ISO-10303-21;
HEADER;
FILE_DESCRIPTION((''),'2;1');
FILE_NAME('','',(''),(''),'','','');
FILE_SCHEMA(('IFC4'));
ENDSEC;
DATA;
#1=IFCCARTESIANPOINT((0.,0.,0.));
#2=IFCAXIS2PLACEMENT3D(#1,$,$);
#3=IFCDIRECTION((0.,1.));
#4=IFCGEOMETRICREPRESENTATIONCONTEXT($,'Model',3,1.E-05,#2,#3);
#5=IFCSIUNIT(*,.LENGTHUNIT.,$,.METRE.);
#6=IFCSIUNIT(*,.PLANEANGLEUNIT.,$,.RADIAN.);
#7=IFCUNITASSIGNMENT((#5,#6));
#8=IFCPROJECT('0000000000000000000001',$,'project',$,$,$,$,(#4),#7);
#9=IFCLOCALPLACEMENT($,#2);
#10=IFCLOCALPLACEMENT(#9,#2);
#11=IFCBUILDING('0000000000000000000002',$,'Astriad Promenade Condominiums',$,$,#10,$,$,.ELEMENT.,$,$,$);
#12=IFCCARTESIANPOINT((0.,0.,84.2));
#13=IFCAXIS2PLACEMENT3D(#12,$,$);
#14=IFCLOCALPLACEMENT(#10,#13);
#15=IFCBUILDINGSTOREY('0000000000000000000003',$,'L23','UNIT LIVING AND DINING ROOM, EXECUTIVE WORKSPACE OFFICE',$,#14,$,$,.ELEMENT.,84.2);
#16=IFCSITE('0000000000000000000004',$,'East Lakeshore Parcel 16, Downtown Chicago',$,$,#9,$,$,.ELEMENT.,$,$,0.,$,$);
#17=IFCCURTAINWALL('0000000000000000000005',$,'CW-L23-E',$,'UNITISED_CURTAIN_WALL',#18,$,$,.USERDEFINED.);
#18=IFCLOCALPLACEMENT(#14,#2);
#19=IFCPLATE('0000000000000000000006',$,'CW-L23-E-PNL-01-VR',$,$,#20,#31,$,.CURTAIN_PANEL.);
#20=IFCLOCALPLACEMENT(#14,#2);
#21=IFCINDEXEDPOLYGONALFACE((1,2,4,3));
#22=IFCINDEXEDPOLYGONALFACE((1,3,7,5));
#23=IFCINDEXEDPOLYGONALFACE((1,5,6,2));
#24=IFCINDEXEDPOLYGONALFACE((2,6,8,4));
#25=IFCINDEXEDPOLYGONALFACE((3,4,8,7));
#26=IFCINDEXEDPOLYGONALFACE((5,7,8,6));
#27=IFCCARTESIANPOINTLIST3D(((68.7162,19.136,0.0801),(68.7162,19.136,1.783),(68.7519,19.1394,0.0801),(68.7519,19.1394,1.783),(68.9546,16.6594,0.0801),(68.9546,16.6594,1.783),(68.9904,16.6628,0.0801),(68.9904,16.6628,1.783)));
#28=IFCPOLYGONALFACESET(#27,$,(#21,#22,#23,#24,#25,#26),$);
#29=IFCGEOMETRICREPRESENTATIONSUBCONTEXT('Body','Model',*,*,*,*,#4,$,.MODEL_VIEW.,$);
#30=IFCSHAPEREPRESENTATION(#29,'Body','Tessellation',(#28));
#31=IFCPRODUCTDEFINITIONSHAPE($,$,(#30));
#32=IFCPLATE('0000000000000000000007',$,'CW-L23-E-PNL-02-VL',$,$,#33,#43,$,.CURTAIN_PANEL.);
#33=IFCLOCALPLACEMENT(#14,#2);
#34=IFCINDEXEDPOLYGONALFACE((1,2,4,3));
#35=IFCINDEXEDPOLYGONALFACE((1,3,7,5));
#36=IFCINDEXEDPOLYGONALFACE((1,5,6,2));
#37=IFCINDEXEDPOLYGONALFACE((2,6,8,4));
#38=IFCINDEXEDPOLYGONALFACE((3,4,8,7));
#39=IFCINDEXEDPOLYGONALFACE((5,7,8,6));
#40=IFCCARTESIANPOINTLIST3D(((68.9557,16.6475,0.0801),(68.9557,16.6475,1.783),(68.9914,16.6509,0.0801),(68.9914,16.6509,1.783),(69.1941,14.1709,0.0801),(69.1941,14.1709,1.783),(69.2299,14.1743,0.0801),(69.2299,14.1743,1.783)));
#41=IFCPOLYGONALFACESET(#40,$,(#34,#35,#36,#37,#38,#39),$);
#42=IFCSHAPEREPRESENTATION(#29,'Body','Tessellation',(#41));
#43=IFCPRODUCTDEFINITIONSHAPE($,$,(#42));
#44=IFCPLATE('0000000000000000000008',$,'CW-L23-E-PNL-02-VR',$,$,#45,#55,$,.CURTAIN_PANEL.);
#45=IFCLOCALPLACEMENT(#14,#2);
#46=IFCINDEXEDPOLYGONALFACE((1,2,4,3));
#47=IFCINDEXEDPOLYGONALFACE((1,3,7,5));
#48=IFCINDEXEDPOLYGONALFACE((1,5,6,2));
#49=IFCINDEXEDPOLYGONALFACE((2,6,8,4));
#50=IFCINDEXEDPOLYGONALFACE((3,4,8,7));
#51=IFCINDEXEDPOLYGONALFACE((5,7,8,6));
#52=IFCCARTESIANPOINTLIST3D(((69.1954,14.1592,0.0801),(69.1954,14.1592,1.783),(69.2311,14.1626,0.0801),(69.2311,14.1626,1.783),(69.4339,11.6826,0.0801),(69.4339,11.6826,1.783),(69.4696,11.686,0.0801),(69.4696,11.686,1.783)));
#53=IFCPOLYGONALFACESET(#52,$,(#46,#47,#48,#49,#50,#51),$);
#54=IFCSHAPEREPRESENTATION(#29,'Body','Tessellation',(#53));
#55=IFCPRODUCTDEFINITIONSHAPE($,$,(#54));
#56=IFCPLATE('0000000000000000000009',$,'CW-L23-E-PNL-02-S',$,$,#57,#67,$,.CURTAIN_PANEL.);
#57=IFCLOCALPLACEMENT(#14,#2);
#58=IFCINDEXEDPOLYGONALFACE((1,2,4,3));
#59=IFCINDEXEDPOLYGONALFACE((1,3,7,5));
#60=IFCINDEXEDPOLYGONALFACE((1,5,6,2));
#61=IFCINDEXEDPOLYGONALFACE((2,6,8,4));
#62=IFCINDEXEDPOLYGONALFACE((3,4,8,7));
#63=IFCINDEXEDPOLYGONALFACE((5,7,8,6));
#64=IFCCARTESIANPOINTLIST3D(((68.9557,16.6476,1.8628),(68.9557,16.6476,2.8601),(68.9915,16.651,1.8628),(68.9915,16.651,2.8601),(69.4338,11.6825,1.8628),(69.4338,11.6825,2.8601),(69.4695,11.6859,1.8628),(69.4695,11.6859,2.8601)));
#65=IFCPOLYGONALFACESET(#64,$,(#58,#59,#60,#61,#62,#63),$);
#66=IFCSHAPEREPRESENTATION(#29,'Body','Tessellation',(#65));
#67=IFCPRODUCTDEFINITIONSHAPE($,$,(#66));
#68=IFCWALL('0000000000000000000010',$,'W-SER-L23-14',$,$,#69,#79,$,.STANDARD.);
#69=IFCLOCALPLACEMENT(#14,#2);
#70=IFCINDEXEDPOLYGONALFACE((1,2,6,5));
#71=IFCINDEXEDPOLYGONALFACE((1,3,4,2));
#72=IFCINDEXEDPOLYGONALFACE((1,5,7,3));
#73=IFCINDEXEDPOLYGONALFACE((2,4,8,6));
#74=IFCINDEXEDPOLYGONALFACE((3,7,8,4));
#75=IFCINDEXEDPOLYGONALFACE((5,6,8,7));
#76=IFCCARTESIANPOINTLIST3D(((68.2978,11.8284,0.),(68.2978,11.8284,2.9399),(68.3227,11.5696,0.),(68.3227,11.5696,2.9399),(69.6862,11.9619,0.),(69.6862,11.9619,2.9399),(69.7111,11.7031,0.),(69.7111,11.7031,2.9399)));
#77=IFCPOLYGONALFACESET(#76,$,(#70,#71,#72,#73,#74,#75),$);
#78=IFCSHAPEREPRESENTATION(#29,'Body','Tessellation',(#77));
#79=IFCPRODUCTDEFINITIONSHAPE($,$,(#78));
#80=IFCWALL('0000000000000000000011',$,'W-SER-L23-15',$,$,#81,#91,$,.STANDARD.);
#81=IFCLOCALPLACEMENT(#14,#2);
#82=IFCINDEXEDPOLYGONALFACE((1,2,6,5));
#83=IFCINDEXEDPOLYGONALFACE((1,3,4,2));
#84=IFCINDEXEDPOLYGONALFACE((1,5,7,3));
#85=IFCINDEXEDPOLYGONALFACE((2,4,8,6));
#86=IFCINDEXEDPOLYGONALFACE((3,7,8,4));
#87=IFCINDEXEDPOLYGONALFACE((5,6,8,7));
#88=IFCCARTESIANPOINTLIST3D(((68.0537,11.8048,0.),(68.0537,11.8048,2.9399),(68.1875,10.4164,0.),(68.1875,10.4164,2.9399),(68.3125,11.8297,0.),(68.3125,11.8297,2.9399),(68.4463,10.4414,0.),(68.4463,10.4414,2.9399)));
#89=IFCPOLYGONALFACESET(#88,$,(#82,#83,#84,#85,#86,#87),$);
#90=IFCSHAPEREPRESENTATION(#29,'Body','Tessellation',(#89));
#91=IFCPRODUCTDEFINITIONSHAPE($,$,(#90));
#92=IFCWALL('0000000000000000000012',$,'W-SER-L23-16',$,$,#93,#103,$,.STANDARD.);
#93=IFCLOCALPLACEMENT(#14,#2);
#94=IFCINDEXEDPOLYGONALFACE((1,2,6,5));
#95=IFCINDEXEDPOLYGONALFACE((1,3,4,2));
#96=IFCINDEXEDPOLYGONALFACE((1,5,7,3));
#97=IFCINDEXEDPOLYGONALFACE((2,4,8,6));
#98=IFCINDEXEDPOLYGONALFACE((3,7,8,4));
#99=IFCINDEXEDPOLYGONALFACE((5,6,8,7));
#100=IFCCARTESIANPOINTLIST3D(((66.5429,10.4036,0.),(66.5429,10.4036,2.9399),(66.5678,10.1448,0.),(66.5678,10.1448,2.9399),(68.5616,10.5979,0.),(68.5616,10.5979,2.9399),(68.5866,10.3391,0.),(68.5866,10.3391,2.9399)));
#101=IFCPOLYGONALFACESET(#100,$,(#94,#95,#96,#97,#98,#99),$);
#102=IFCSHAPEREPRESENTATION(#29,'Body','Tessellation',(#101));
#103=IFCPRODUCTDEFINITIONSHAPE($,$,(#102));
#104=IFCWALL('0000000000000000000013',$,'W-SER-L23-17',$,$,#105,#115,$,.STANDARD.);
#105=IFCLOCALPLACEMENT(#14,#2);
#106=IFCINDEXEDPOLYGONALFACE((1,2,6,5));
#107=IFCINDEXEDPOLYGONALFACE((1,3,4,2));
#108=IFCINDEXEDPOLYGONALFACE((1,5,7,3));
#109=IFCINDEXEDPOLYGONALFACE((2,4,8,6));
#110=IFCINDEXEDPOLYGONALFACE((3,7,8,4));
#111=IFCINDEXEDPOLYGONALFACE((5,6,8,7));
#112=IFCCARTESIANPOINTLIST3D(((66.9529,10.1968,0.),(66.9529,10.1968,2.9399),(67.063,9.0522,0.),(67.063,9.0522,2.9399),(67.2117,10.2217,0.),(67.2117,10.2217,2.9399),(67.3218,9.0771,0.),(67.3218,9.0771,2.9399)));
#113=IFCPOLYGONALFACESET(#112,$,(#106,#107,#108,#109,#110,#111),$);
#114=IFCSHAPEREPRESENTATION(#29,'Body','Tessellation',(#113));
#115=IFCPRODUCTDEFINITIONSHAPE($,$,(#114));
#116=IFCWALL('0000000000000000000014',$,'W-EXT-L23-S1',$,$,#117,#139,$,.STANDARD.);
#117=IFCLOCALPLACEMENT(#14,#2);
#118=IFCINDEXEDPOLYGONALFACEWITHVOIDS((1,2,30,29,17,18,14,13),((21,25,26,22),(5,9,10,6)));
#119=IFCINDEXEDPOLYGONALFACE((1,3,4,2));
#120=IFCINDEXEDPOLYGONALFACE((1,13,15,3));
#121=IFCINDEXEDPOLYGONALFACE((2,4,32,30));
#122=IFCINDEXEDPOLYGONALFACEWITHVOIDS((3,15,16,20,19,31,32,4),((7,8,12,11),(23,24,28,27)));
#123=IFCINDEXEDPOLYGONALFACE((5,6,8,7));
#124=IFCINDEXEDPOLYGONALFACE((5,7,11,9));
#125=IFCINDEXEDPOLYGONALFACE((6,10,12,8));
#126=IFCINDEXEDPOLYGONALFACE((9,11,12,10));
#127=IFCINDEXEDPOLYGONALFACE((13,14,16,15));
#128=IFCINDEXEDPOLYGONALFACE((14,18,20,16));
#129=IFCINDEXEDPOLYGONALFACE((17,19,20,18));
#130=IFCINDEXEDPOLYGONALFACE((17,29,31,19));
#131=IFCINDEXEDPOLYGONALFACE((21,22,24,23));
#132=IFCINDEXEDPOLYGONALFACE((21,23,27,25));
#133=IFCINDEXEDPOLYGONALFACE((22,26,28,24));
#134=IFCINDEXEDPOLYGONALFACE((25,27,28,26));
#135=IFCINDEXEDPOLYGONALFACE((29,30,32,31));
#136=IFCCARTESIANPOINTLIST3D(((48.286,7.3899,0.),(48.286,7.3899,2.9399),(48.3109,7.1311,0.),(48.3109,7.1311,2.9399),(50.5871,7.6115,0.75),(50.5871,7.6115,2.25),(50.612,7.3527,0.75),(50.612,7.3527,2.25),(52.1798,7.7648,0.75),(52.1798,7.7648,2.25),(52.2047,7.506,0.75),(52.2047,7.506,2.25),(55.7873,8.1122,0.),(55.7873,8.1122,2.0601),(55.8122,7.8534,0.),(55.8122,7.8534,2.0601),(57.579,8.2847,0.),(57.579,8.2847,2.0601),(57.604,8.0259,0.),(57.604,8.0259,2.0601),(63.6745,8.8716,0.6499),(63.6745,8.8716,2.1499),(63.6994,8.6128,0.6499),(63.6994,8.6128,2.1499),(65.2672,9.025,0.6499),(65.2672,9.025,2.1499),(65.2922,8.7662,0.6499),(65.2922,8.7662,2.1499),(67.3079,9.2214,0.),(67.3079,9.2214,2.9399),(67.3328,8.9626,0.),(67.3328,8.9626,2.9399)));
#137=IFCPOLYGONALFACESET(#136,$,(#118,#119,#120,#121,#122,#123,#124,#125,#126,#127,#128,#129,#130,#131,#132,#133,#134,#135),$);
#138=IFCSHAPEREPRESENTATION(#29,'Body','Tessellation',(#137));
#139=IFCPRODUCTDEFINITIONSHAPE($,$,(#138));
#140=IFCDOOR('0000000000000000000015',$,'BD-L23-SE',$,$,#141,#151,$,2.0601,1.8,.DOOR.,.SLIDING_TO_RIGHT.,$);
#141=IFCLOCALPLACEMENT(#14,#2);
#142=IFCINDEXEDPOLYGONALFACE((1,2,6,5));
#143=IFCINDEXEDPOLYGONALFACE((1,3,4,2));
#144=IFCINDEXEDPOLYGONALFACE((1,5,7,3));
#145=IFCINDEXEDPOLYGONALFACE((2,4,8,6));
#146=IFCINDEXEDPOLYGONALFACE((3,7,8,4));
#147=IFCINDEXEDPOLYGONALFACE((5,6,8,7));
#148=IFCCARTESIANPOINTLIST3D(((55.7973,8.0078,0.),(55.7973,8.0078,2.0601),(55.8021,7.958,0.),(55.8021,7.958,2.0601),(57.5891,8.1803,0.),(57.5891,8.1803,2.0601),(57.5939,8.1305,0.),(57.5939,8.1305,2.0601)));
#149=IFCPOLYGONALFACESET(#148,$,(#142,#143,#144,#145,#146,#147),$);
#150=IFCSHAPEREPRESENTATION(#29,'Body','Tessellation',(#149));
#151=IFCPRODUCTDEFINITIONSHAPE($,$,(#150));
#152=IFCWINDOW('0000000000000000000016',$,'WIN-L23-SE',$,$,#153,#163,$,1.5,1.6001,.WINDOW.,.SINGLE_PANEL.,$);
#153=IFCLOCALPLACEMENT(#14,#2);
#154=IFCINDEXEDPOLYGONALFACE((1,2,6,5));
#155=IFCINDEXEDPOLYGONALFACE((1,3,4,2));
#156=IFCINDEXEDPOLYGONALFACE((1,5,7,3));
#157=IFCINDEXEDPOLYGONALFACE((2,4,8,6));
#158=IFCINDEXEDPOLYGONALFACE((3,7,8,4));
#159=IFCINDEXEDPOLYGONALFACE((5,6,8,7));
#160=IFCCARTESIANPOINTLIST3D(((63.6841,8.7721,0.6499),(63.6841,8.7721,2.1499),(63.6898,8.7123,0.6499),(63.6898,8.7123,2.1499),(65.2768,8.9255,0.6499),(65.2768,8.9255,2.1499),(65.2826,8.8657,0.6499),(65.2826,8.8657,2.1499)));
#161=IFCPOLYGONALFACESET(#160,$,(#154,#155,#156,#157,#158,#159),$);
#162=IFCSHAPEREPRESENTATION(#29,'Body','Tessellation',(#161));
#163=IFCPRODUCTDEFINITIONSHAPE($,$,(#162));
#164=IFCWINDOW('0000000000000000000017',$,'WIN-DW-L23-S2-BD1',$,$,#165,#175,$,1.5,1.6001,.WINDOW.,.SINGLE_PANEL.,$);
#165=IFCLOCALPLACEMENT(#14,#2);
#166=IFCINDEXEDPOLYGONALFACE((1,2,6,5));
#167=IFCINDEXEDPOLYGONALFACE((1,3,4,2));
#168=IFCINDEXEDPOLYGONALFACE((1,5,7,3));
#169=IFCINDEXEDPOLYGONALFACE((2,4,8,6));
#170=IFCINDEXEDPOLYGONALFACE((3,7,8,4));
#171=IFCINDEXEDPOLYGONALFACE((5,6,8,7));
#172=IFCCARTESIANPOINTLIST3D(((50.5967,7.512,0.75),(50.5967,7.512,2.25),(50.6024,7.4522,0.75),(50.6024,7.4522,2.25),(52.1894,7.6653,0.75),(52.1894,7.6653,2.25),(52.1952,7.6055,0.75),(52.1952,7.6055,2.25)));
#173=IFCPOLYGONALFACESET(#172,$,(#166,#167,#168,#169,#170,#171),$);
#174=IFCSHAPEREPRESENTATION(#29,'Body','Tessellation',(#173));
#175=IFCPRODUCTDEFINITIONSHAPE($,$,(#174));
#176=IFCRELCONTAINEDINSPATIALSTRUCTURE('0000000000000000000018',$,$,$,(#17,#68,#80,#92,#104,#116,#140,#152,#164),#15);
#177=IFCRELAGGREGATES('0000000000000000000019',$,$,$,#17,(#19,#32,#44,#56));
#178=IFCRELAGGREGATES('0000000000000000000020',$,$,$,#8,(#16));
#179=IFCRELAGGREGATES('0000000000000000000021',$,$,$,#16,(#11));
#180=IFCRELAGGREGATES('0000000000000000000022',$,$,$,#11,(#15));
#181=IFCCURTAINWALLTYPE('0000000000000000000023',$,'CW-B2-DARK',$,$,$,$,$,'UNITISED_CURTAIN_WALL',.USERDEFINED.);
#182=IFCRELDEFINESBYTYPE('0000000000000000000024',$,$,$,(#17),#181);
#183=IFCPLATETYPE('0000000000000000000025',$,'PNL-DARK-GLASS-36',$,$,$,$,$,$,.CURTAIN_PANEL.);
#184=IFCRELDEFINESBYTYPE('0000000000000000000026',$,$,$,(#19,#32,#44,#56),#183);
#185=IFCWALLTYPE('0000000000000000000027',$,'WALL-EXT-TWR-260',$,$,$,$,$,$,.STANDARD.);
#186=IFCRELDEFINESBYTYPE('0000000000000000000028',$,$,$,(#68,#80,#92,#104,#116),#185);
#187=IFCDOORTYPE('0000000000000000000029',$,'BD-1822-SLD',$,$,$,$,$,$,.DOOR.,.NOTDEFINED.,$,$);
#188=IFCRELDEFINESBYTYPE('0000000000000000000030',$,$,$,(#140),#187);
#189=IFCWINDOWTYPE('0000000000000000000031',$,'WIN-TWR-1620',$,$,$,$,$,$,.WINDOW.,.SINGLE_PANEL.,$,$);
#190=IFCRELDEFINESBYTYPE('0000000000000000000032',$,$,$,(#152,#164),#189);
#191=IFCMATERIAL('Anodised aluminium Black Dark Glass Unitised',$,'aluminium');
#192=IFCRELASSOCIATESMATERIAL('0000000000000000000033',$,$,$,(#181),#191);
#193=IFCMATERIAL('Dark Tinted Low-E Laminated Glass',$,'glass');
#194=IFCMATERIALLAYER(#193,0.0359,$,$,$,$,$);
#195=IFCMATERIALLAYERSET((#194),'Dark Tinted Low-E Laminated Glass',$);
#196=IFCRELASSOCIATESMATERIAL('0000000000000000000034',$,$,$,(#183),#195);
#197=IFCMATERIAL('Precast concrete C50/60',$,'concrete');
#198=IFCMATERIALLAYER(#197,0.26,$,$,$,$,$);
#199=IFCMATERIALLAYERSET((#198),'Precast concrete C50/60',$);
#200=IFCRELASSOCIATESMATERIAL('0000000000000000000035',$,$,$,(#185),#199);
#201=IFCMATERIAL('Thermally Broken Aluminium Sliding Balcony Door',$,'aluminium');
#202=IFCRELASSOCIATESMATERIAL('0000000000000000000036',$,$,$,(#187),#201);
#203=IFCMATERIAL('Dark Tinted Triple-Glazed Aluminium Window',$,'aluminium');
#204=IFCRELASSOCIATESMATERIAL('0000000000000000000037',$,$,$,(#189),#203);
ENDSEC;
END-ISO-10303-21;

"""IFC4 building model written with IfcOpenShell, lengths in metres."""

from ifc_helpers import new_model, si_unit, direction, frame, frame_2d, origin, origin_2d, place, context, subcontext, project, spatial, rectangle, extrude, source, transform, mapped, material, layer, layer_set, type_object, type_shapes, element, fill, aggregate, save


model = new_model("IFC4")

# Units and contexts
model_context = context("Model", 3, precision=1e-05, world=origin(), true_north=direction((0.0, 1.0)))
body_context = subcontext(model_context, "Body", "Model", "MODEL_VIEW")
ifc_project = project(units=[si_unit("LENGTHUNIT", "METRE"), si_unit("PLANEANGLEUNIT", "RADIAN")], contexts=[model_context])

# Site, building, storey
site_placement = place(None, origin())
site = spatial("IfcSite", under=ifc_project, at=site_placement, Name="East Lakeshore Parcel 16, Downtown Chicago", CompositionType="ELEMENT", RefElevation=0.0)
building_placement = place(site_placement, origin())
building = spatial("IfcBuilding", under=site, at=building_placement, Name="Astriad Promenade Condominiums", CompositionType="ELEMENT")
storey_placement = place(building_placement, frame((0.0, 0.0, 84.2)))
storey = spatial("IfcBuildingStorey", under=building, at=storey_placement, Name="L23", Description="UNIT LIVING AND DINING ROOM, EXECUTIVE WORKSPACE OFFICE", CompositionType="ELEMENT", Elevation=84.2)

# Curtain wall, plates
ifc_material_1 = material(Name="Anodised aluminium Black Dark Glass Unitised", Category="aluminium")
curtain_wall_type = type_object("IfcCurtainWallType", Name="CW-B2-DARK", ElementType="UNITISED_CURTAIN_WALL", PredefinedType="USERDEFINED", material=ifc_material_1)
curtain_wall_placement = place(storey_placement, origin())
curtain_wall = element("IfcCurtainWall", 1, at=curtain_wall_placement, inside=storey, type_object=curtain_wall_type, Name="CW-L23-E", ObjectType="UNITISED_CURTAIN_WALL", PredefinedType="USERDEFINED")
ifc_material_2 = material(Name="Dark Tinted Low-E Laminated Glass", Category="glass")
ifc_layer_1 = layer(ifc_material_2, 0.0359)
ifc_layer_set_1 = layer_set([ifc_layer_1], Name="Dark Tinted Low-E Laminated Glass")
plate_type = type_object("IfcPlateType", Name="PNL-DARK-GLASS-36", PredefinedType="CURTAIN_PANEL", material=ifc_layer_set_1)
shared_shape_1 = source(origin(), body_context, "Body", "SweptSolid", [
    extrude(rectangle(XDim=2.488, YDim=0.0359, at=origin_2d()), origin(), (0.0, 0.0, 1.0), 1.7029),
])
plate_1_placement = place(storey_placement, frame((68.8533, 17.8994, 0.0801), z_axis=(0.0, 0.0, 1.0), x_axis=(0.095846, -0.995396, 0.0)))
plate_1 = element("IfcPlate", 2, at=plate_1_placement, type_object=plate_type, Name="CW-L23-E-PNL-01-VR", PredefinedType="CURTAIN_PANEL", context=body_context, shape_type="MappedRepresentation", body=[
    mapped(shared_shape_1, transform((0.0, 0.0, 0.0), scale=1.0)),
])
plate_2_placement = place(storey_placement, frame((69.0928, 15.4109, 0.0801), z_axis=(0.0, 0.0, 1.0), x_axis=(0.095846, -0.995396, 0.0)))
plate_2 = element("IfcPlate", 3, at=plate_2_placement, type_object=plate_type, Name="CW-L23-E-PNL-02-VL", PredefinedType="CURTAIN_PANEL", context=body_context, shape_type="MappedRepresentation", body=[
    mapped(shared_shape_1, transform((0.0, 0.0, 0.0), scale=1.0)),
])
plate_3_placement = place(storey_placement, frame((69.3325, 12.9226, 0.0801), z_axis=(0.0, 0.0, 1.0), x_axis=(0.095846, -0.995396, 0.0)))
plate_3 = element("IfcPlate", 4, at=plate_3_placement, type_object=plate_type, Name="CW-L23-E-PNL-02-VR", PredefinedType="CURTAIN_PANEL", context=body_context, shape_type="MappedRepresentation", body=[
    mapped(shared_shape_1, transform((0.0, 0.0, 0.0), scale=1.0)),
])
shared_shape_2 = source(origin(), body_context, "Body", "SweptSolid", [
    extrude(rectangle(XDim=4.988, YDim=0.0359, at=origin_2d()), origin(), (0.0, 0.0, 1.0), 0.9973),
])
type_shapes(plate_type, [shared_shape_1, shared_shape_2])
plate_4_placement = place(storey_placement, frame((69.2126, 14.1667, 1.8628), z_axis=(0.0, 0.0, 1.0), x_axis=(0.095846, -0.995396, 0.0)))
plate_4 = element("IfcPlate", 5, at=plate_4_placement, type_object=plate_type, Name="CW-L23-E-PNL-02-S", PredefinedType="CURTAIN_PANEL", context=body_context, shape_type="MappedRepresentation", body=[
    mapped(shared_shape_2, transform((0.0, 0.0, 0.0), scale=1.0)),
])
aggregate(curtain_wall, [plate_1, plate_2, plate_3, plate_4])

# Walls
ifc_material_3 = material(Name="Precast concrete C50/60", Category="concrete")
ifc_layer_2 = layer(ifc_material_3, 0.26)
ifc_layer_set_2 = layer_set([ifc_layer_2], Name="Precast concrete C50/60")
wall_type_1 = type_object("IfcWallType", Name="WALL-EXT-TWR-260", PredefinedType="STANDARD", material=ifc_layer_set_2)
for number, where, z_axis, x_axis, name in (
    (6, (69.6985, 11.8325, 0.0), (0.0, 0.0, 1.0), (-0.995406, -0.095742, 0.0), "W-SER-L23-14"),
    (7, (68.1831, 11.8171, 0.0), (0.0, 0.0, 1.0), (0.095916, -0.995389, 0.0), "W-SER-L23-15"),
):
    element("IfcWall", number, at=place(storey_placement, frame(where, z_axis=z_axis, x_axis=x_axis)), inside=storey, type_object=wall_type_1, Name=name, PredefinedType="STANDARD", context=body_context, shape_type="SweptSolid", body=[
        extrude(rectangle(XDim=1.3948, YDim=0.26, at=frame_2d((0.6973, 0.0))), origin(), (0.0, 0.0, 1.0), 2.9399),
    ])
wall_1_placement = place(storey_placement, frame((68.5742, 10.4685, 0.0), z_axis=(0.0, 0.0, 1.0), x_axis=(-0.995399, -0.09582, 0.0)))
element("IfcWall", 8, at=wall_1_placement, inside=storey, type_object=wall_type_1, Name="W-SER-L23-16", PredefinedType="STANDARD", context=body_context, shape_type="SweptSolid", body=[
    extrude(rectangle(XDim=2.0281, YDim=0.26, at=frame_2d((1.0142, 0.0))), origin(), (0.0, 0.0, 1.0), 2.9399),
])
wall_2_placement = place(storey_placement, frame((67.0823, 10.2092, 0.0), z_axis=(0.0, 0.0, 1.0), x_axis=(0.095761, -0.995404, 0.0)))
element("IfcWall", 9, at=wall_2_placement, inside=storey, type_object=wall_type_1, Name="W-SER-L23-17", PredefinedType="STANDARD", context=body_context, shape_type="SweptSolid", body=[
    extrude(rectangle(XDim=1.1499, YDim=0.26, at=frame_2d((0.575, 0.0))), origin(), (0.0, 0.0, 1.0), 2.9399),
])

# Wall, openings, door, windows
wall_3_placement = place(storey_placement, frame((67.3203, 9.092, 0.0), z_axis=(0.0, 0.0, 1.0), x_axis=(-0.995397, -0.095842, 0.0)))
wall_3 = element("IfcWall", 10, at=wall_3_placement, inside=storey, type_object=wall_type_1, Name="W-EXT-L23-S1", PredefinedType="STANDARD", context=body_context, shape_type="SweptSolid", body=[
    extrude(rectangle(XDim=19.1099, YDim=0.26, at=frame_2d((9.5549, 0.0))), origin(), (0.0, 0.0, 1.0), 2.9399),
])
opening_1_placement = place(wall_3_placement, frame((9.7739, 0.0, 0.0)))
opening_1 = element("IfcOpeningElement", 11, at=opening_1_placement, cuts=wall_3, PredefinedType="OPENING", context=body_context, shape_type="SweptSolid", body=[
    extrude(rectangle(XDim=1.8, YDim=2.0601, at=frame_2d((0.8999, 1.03))), frame((0.0, 0.1399, 0.0), z_axis=(0.0, -1.0, 0.0), x_axis=(1.0, 0.0, 0.0)), (0.0, 0.0, 1.0), 0.28),
])
opening_2_placement = place(wall_3_placement, frame((2.05, 0.0, 0.6499)))
opening_2 = element("IfcOpeningElement", 12, at=opening_2_placement, cuts=wall_3, PredefinedType="OPENING", context=body_context, shape_type="SweptSolid", body=[
    extrude(rectangle(XDim=1.6001, YDim=1.5, at=frame_2d((0.8, 0.75))), frame((0.0, 0.1399, 0.0), z_axis=(0.0, -1.0, 0.0), x_axis=(1.0, 0.0, 0.0)), (0.0, 0.0, 1.0), 0.28),
])
opening_3_placement = place(wall_3_placement, frame((15.198, 0.0, 0.75)))
opening_3 = element("IfcOpeningElement", 13, at=opening_3_placement, cuts=wall_3, PredefinedType="OPENING", context=body_context, shape_type="SweptSolid", body=[
    extrude(rectangle(XDim=1.6001, YDim=1.5, at=frame_2d((0.8, 0.75))), frame((0.0, 0.1399, 0.0), z_axis=(0.0, -1.0, 0.0), x_axis=(1.0, 0.0, 0.0)), (0.0, 0.0, 1.0), 0.28),
])
ifc_material_4 = material(Name="Thermally Broken Aluminium Sliding Balcony Door", Category="aluminium")
door_type = type_object("IfcDoorType", Name="BD-1822-SLD", OperationType="NOTDEFINED", PredefinedType="DOOR", material=ifc_material_4)
shared_shape_3 = source(origin(), body_context, "Body", "SweptSolid", [
    extrude(rectangle(XDim=1.8, YDim=2.0601, at=frame_2d((0.8999, 1.03))), frame((0.0, 0.0249, 0.0), z_axis=(0.0, -1.0, 0.0), x_axis=(1.0, 0.0, 0.0)), (0.0, 0.0, 1.0), 0.05),
])
type_shapes(door_type, [shared_shape_3])
door_placement = place(opening_1_placement, origin())
door = element("IfcDoor", 14, at=door_placement, inside=storey, type_object=door_type, Name="BD-L23-SE", OperationType="SLIDING_TO_RIGHT", OverallHeight=2.0601, OverallWidth=1.8, PredefinedType="DOOR", context=body_context, shape_type="MappedRepresentation", body=[
    mapped(shared_shape_3, transform((0.0, 0.0, 0.0), scale=1.0)),
])
fill(opening_1, door)
ifc_material_5 = material(Name="Dark Tinted Triple-Glazed Aluminium Window", Category="aluminium")
window_type = type_object("IfcWindowType", Name="WIN-TWR-1620", PartitioningType="SINGLE_PANEL", PredefinedType="WINDOW", material=ifc_material_5)
shared_shape_4 = source(origin(), body_context, "Body", "SweptSolid", [
    extrude(rectangle(XDim=1.6001, YDim=1.5, at=frame_2d((0.8, 0.75))), frame((0.0, 0.03, 0.0), z_axis=(0.0, -1.0, 0.0), x_axis=(1.0, 0.0, 0.0)), (0.0, 0.0, 1.0), 0.0601),
])
type_shapes(window_type, [shared_shape_4])
window_1_placement = place(opening_2_placement, origin())
window_1 = element("IfcWindow", 15, at=window_1_placement, inside=storey, type_object=window_type, Name="WIN-L23-SE", OverallHeight=1.5, OverallWidth=1.6001, PartitioningType="SINGLE_PANEL", PredefinedType="WINDOW", context=body_context, shape_type="MappedRepresentation", body=[
    mapped(shared_shape_4, transform((0.0, 0.0, 0.0), scale=1.0)),
])
fill(opening_2, window_1)
window_2_placement = place(opening_3_placement, origin())
window_2 = element("IfcWindow", 16, at=window_2_placement, inside=storey, type_object=window_type, Name="WIN-DW-L23-S2-BD1", OverallHeight=1.5, OverallWidth=1.6001, PartitioningType="SINGLE_PANEL", PredefinedType="WINDOW", context=body_context, shape_type="MappedRepresentation", body=[
    mapped(shared_shape_4, transform((0.0, 0.0, 0.0), scale=1.0)),
])
fill(opening_3, window_2)

save(model, "model.ifc")
